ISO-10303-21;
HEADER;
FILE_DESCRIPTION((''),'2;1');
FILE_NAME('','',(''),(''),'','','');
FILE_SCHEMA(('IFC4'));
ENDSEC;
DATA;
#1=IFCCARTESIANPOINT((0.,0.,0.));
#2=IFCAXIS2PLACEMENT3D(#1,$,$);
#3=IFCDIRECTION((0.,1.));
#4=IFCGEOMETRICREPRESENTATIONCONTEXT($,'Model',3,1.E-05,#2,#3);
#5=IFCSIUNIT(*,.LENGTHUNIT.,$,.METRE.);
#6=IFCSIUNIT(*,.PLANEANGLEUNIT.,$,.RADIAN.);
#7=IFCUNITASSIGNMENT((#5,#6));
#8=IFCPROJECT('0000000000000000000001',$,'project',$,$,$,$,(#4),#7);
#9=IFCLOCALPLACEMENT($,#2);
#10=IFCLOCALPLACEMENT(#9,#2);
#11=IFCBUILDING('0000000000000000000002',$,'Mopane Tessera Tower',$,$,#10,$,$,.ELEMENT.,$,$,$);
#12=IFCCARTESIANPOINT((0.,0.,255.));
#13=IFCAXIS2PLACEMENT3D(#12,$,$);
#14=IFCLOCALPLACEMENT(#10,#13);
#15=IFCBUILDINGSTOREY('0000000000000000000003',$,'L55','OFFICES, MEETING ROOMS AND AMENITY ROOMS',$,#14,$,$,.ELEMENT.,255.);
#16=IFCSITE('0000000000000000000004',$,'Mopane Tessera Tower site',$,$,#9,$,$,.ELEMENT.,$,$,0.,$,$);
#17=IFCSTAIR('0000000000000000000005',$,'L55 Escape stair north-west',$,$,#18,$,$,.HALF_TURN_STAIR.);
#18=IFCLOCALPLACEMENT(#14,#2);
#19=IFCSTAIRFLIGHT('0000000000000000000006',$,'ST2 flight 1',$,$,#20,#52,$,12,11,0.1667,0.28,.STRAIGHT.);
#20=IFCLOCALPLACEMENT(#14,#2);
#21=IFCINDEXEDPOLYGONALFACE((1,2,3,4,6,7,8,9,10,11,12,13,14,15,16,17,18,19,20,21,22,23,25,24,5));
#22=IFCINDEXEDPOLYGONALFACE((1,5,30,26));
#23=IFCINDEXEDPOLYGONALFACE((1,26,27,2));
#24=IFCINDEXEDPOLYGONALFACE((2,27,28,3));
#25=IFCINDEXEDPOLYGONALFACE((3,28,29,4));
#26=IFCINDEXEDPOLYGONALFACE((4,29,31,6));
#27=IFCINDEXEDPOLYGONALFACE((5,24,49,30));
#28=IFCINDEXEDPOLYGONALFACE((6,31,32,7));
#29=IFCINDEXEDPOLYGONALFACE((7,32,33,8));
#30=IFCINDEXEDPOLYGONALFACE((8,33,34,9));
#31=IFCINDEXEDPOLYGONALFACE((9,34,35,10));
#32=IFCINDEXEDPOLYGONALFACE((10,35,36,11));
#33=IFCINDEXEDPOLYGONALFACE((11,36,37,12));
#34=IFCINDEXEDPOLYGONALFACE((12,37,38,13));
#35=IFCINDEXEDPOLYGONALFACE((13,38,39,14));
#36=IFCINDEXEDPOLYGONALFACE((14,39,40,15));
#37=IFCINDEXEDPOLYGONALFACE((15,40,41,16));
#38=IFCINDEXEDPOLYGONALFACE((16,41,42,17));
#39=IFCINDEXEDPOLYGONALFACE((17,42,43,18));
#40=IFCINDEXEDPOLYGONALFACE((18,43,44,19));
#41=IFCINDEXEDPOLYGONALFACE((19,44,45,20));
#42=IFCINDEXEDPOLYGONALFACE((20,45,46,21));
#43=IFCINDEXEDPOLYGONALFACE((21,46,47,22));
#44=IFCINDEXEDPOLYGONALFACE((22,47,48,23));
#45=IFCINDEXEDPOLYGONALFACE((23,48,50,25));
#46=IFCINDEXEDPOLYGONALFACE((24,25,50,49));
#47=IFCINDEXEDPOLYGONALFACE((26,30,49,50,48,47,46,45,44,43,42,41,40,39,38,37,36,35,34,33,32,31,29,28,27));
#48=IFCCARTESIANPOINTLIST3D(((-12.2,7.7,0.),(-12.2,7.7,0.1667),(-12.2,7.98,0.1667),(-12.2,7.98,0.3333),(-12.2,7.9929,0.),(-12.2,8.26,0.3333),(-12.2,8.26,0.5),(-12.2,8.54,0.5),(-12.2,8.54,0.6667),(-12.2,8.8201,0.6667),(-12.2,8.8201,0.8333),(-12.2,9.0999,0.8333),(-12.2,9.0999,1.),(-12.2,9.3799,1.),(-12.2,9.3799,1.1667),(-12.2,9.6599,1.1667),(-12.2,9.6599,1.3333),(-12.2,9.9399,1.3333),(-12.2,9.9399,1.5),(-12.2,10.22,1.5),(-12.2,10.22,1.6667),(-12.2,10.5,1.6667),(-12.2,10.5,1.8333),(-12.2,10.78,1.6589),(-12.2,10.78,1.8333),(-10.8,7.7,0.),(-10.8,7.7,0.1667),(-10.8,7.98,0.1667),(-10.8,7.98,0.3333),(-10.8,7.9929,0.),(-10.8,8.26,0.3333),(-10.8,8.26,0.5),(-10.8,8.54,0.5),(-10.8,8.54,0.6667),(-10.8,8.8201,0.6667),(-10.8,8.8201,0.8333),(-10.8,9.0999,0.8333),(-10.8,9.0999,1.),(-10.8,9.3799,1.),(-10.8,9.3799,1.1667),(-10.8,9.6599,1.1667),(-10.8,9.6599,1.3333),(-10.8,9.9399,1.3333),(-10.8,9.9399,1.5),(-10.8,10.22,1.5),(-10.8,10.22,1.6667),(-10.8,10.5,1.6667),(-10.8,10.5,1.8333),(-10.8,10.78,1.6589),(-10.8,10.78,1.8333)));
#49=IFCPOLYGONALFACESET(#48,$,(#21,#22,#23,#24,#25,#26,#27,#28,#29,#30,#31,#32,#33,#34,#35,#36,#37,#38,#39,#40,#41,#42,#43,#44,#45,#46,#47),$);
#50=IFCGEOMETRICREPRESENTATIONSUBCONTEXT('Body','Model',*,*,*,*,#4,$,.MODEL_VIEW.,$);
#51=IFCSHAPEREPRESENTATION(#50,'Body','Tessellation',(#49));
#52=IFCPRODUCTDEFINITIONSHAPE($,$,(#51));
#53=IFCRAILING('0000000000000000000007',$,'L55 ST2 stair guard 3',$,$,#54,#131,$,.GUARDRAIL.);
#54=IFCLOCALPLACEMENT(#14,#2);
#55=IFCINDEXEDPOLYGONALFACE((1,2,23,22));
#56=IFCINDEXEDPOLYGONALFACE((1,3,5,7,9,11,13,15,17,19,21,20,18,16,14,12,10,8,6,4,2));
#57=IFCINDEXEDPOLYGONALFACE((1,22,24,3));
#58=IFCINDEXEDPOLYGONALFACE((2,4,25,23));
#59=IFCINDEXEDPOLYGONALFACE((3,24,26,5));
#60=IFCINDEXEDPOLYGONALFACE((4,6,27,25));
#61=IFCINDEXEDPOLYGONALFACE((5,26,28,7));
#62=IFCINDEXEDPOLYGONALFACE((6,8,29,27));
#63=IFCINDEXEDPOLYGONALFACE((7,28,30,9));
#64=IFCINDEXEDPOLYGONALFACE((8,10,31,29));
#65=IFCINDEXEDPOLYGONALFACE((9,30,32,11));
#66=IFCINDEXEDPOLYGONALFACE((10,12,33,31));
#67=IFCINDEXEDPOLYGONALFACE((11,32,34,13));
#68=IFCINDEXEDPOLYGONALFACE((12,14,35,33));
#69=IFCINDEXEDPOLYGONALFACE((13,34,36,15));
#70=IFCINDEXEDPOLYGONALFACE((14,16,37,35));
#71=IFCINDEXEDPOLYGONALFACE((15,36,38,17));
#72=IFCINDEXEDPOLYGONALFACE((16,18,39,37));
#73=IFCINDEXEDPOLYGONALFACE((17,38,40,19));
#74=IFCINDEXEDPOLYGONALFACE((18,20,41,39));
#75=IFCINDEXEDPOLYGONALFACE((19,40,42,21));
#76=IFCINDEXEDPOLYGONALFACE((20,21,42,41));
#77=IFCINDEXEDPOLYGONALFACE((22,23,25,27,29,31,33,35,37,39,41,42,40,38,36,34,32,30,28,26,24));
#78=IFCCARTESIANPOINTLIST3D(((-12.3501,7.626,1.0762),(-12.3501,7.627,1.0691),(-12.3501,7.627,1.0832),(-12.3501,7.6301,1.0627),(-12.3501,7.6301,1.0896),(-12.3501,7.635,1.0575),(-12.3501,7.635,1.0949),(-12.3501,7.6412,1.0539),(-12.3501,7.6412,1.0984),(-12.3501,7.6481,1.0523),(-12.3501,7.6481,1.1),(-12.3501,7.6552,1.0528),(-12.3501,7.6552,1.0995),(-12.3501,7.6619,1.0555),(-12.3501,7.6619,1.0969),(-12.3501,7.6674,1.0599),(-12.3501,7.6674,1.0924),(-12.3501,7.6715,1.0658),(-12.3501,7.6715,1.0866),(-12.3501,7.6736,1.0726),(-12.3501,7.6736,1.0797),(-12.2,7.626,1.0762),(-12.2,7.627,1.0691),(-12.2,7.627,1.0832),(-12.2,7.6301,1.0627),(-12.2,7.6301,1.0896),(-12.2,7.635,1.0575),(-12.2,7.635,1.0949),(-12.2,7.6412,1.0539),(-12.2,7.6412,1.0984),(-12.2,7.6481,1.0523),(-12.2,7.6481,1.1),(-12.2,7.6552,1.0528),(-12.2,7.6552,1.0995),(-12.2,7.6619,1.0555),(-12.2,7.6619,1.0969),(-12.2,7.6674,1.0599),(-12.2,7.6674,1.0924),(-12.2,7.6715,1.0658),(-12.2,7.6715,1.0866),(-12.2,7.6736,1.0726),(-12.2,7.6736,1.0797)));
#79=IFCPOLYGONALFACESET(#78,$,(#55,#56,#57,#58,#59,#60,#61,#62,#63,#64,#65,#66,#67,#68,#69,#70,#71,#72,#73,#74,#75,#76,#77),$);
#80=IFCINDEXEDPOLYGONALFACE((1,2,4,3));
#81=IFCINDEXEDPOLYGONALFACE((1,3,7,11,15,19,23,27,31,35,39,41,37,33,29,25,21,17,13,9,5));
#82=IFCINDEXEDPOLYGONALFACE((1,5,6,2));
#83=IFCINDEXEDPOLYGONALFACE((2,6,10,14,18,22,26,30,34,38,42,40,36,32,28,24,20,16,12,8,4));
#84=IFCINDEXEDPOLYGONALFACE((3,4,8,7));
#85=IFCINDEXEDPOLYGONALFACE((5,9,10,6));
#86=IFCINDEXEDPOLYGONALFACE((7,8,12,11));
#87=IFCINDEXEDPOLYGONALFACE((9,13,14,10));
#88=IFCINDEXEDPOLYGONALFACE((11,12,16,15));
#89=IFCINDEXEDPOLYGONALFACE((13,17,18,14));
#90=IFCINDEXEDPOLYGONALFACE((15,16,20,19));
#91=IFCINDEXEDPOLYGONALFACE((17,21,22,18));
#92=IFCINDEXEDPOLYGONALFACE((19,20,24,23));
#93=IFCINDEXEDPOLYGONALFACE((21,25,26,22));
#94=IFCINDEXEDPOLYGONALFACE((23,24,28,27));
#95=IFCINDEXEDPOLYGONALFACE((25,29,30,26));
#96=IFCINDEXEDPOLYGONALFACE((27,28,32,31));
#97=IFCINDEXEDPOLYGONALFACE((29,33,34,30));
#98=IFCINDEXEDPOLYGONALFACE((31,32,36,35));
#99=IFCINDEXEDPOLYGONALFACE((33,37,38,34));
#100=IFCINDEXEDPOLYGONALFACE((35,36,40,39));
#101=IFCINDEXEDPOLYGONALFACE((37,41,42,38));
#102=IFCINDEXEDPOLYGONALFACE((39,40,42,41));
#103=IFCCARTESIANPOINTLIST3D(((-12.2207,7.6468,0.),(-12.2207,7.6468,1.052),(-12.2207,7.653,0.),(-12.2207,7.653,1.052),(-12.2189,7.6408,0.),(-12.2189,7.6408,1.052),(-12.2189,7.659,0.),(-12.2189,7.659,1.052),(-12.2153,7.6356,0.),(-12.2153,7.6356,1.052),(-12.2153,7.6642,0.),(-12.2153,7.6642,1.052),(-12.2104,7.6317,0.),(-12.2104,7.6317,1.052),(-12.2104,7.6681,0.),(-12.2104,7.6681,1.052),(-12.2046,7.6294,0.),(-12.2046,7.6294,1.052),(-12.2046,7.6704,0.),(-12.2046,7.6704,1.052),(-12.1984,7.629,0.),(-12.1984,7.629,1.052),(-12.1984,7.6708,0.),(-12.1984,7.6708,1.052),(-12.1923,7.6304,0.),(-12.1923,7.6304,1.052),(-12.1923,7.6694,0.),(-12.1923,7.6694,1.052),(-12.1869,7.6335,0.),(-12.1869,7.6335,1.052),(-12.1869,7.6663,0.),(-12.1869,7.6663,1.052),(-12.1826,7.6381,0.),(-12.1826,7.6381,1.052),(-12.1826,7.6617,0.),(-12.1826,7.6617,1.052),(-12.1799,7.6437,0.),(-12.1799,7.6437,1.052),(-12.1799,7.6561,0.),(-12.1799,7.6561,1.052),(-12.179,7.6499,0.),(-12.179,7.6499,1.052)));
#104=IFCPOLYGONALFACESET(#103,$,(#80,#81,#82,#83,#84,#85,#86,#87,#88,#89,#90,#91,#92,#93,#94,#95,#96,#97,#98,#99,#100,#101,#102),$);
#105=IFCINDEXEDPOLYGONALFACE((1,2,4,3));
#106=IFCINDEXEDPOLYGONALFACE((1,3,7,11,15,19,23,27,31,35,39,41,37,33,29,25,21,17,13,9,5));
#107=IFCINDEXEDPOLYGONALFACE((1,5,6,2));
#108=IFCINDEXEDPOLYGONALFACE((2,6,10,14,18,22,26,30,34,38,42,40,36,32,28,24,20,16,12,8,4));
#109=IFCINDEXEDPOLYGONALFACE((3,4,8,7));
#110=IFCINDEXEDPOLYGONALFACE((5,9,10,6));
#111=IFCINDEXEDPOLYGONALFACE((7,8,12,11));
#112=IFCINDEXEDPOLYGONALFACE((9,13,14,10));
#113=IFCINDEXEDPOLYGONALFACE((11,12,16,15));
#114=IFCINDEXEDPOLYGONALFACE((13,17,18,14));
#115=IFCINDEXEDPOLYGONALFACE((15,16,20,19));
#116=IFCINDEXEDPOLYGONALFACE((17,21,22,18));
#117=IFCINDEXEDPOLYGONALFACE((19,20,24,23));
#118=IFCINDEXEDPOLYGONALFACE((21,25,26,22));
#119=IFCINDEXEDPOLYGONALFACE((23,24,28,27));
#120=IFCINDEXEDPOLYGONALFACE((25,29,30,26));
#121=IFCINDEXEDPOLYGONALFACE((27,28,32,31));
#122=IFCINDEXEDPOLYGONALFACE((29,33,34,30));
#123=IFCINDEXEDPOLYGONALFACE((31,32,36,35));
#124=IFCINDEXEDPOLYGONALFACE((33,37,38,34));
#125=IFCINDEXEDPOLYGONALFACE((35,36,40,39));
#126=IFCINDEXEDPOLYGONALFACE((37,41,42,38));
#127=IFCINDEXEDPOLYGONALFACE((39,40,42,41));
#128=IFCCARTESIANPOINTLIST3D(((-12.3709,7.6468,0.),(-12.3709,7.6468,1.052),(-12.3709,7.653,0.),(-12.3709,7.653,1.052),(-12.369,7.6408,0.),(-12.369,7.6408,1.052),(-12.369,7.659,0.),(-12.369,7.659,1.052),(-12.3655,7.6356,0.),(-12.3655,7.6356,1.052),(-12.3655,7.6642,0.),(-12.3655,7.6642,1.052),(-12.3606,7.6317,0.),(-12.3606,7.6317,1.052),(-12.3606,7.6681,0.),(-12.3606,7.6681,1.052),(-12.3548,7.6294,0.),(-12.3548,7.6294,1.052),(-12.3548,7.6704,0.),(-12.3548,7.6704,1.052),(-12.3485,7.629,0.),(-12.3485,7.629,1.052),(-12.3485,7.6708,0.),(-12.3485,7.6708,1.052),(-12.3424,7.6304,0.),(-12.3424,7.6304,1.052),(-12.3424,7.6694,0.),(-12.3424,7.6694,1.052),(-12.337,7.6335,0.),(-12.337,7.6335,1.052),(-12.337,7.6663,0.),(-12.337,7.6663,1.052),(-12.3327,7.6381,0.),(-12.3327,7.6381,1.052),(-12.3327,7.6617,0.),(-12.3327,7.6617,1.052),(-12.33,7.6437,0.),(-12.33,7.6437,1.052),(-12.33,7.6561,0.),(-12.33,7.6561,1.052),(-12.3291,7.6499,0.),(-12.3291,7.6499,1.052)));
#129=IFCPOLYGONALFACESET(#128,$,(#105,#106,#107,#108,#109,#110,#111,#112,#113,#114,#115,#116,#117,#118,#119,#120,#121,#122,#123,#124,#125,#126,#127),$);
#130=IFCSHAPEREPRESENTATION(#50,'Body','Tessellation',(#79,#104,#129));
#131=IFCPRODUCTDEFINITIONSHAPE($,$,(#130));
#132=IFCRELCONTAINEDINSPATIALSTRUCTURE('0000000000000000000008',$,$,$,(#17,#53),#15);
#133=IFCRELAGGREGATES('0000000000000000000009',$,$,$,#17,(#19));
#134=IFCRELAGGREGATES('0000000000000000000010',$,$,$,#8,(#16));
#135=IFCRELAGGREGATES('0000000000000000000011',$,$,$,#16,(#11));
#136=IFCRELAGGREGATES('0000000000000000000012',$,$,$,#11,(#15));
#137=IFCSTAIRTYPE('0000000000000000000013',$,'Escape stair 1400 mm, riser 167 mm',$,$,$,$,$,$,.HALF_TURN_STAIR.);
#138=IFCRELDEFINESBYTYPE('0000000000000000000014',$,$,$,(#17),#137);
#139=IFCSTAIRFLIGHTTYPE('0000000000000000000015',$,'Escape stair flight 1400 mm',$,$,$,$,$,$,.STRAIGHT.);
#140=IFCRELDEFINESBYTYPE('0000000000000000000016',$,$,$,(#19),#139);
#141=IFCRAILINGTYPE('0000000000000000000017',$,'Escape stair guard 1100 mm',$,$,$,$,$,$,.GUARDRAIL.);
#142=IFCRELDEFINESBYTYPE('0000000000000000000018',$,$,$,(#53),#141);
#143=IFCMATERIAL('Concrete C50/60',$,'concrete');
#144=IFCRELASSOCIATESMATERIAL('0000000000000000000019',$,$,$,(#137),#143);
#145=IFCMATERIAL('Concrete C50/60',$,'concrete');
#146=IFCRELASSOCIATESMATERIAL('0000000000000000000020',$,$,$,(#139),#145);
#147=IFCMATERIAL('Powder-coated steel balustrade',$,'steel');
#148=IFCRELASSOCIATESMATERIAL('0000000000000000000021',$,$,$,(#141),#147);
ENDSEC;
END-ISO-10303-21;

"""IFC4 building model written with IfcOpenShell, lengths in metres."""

from ifc_helpers import new_model, si_unit, direction, frame, origin, origin_2d, place, context, subcontext, project, spatial, polyline, circle, outline, extrude, material, type_object, element, aggregate, save


model = new_model("IFC4")

# Units and contexts
model_context = context("Model", 3, precision=1e-05, world=origin(), true_north=direction((0.0, 1.0)))
body_context = subcontext(model_context, "Body", "Model", "MODEL_VIEW")
ifc_project = project(units=[si_unit("LENGTHUNIT", "METRE"), si_unit("PLANEANGLEUNIT", "RADIAN")], contexts=[model_context])

# Site, building, storey
site_placement = place(None, origin())
site = spatial("IfcSite", under=ifc_project, at=site_placement, Name="Mopane Tessera Tower site", CompositionType="ELEMENT", RefElevation=0.0)
building_placement = place(site_placement, origin())
building = spatial("IfcBuilding", under=site, at=building_placement, Name="Mopane Tessera Tower", CompositionType="ELEMENT")
storey_placement = place(building_placement, frame((0.0, 0.0, 255.0)))
storey = spatial("IfcBuildingStorey", under=building, at=storey_placement, Name="L55", Description="OFFICES, MEETING ROOMS AND AMENITY ROOMS", CompositionType="ELEMENT", Elevation=255.0)

# Stair, stair flight
ifc_material_1 = material(Name="Concrete C50/60", Category="concrete")
stair_type = type_object("IfcStairType", Name="Escape stair 1400 mm, riser 167 mm", PredefinedType="HALF_TURN_STAIR", material=ifc_material_1)
stair_placement = place(storey_placement, origin())
stair = element("IfcStair", 1, at=stair_placement, inside=storey, type_object=stair_type, Name="L55 Escape stair north-west", PredefinedType="HALF_TURN_STAIR")
ifc_material_2 = material(Name="Concrete C50/60", Category="concrete")
stair_flight_type = type_object("IfcStairFlightType", Name="Escape stair flight 1400 mm", PredefinedType="STRAIGHT", material=ifc_material_2)
stair_flight_placement = place(storey_placement, frame((-11.5, 7.7, 0.0), z_axis=(0.0, 0.0, 1.0), x_axis=(0.0, 1.0, 0.0)))
stair_flight = element("IfcStairFlight", 2, at=stair_flight_placement, type_object=stair_flight_type, Name="ST2 flight 1", NumberOfRisers=12, NumberOfTreads=11, PredefinedType="STRAIGHT", RiserHeight=0.1667, TreadLength=0.28, context=body_context, shape_type="SweptSolid", body=[
    extrude(outline(polyline([(0.0, 0.0), (0.0, 0.1667), (0.28, 0.1667), (0.28, 0.3333), (0.5601, 0.3333), (0.5601, 0.5), (0.8401, 0.5), (0.8401, 0.6667), (1.1201, 0.6667), (1.1201, 0.8333), (1.3999, 0.8333), (1.3999, 1.0), (1.6799, 1.0), (1.6799, 1.1667), (1.96, 1.1667), (1.96, 1.3333), (2.24, 1.3333), (2.24, 1.5), (2.52, 1.5), (2.52, 1.6667), (2.8, 1.6667), (2.8, 1.8333), (3.0801, 1.8333), (3.0801, 2.0), (3.0801, 1.6589), (0.293, 0.0), (0.0, 0.0)])), frame((0.0, 0.7, 0.0), z_axis=(0.0, -1.0, 0.0), x_axis=(1.0, 0.0, 0.0)), (0.0, 0.0, 1.0), 1.3999),
])
aggregate(stair, [stair_flight])

# Railing
ifc_material_3 = material(Name="Powder-coated steel balustrade", Category="steel")
railing_type_1 = type_object("IfcRailingType", Name="Escape stair guard 1100 mm", PredefinedType="GUARDRAIL", material=ifc_material_3)
railing_1_placement = place(storey_placement, frame((-12.2, 7.6499, 0.0)))
element("IfcRailing", 3, at=railing_1_placement, inside=storey, type_object=railing_type_1, Name="L55 ST2 stair guard 3", PredefinedType="GUARDRAIL", context=body_context, shape_type="SweptSolid", body=[
    extrude(circle(Radius=0.0239, at=origin_2d()), frame((0.0, 0.0, 1.0762), z_axis=(-1.0, 0.0, 0.0), x_axis=(0.0, -1.0, 0.0)), (0.0, 0.0, 1.0), 0.1501),
    extrude(circle(Radius=0.021, at=origin_2d()), origin(), (0.0, 0.0, 1.0), 1.052),
    extrude(circle(Radius=0.021, at=origin_2d()), frame((-0.1501, 0.0, 0.0)), (0.0, 0.0, 1.0), 1.052),
])

save(model, "model.ifc")
